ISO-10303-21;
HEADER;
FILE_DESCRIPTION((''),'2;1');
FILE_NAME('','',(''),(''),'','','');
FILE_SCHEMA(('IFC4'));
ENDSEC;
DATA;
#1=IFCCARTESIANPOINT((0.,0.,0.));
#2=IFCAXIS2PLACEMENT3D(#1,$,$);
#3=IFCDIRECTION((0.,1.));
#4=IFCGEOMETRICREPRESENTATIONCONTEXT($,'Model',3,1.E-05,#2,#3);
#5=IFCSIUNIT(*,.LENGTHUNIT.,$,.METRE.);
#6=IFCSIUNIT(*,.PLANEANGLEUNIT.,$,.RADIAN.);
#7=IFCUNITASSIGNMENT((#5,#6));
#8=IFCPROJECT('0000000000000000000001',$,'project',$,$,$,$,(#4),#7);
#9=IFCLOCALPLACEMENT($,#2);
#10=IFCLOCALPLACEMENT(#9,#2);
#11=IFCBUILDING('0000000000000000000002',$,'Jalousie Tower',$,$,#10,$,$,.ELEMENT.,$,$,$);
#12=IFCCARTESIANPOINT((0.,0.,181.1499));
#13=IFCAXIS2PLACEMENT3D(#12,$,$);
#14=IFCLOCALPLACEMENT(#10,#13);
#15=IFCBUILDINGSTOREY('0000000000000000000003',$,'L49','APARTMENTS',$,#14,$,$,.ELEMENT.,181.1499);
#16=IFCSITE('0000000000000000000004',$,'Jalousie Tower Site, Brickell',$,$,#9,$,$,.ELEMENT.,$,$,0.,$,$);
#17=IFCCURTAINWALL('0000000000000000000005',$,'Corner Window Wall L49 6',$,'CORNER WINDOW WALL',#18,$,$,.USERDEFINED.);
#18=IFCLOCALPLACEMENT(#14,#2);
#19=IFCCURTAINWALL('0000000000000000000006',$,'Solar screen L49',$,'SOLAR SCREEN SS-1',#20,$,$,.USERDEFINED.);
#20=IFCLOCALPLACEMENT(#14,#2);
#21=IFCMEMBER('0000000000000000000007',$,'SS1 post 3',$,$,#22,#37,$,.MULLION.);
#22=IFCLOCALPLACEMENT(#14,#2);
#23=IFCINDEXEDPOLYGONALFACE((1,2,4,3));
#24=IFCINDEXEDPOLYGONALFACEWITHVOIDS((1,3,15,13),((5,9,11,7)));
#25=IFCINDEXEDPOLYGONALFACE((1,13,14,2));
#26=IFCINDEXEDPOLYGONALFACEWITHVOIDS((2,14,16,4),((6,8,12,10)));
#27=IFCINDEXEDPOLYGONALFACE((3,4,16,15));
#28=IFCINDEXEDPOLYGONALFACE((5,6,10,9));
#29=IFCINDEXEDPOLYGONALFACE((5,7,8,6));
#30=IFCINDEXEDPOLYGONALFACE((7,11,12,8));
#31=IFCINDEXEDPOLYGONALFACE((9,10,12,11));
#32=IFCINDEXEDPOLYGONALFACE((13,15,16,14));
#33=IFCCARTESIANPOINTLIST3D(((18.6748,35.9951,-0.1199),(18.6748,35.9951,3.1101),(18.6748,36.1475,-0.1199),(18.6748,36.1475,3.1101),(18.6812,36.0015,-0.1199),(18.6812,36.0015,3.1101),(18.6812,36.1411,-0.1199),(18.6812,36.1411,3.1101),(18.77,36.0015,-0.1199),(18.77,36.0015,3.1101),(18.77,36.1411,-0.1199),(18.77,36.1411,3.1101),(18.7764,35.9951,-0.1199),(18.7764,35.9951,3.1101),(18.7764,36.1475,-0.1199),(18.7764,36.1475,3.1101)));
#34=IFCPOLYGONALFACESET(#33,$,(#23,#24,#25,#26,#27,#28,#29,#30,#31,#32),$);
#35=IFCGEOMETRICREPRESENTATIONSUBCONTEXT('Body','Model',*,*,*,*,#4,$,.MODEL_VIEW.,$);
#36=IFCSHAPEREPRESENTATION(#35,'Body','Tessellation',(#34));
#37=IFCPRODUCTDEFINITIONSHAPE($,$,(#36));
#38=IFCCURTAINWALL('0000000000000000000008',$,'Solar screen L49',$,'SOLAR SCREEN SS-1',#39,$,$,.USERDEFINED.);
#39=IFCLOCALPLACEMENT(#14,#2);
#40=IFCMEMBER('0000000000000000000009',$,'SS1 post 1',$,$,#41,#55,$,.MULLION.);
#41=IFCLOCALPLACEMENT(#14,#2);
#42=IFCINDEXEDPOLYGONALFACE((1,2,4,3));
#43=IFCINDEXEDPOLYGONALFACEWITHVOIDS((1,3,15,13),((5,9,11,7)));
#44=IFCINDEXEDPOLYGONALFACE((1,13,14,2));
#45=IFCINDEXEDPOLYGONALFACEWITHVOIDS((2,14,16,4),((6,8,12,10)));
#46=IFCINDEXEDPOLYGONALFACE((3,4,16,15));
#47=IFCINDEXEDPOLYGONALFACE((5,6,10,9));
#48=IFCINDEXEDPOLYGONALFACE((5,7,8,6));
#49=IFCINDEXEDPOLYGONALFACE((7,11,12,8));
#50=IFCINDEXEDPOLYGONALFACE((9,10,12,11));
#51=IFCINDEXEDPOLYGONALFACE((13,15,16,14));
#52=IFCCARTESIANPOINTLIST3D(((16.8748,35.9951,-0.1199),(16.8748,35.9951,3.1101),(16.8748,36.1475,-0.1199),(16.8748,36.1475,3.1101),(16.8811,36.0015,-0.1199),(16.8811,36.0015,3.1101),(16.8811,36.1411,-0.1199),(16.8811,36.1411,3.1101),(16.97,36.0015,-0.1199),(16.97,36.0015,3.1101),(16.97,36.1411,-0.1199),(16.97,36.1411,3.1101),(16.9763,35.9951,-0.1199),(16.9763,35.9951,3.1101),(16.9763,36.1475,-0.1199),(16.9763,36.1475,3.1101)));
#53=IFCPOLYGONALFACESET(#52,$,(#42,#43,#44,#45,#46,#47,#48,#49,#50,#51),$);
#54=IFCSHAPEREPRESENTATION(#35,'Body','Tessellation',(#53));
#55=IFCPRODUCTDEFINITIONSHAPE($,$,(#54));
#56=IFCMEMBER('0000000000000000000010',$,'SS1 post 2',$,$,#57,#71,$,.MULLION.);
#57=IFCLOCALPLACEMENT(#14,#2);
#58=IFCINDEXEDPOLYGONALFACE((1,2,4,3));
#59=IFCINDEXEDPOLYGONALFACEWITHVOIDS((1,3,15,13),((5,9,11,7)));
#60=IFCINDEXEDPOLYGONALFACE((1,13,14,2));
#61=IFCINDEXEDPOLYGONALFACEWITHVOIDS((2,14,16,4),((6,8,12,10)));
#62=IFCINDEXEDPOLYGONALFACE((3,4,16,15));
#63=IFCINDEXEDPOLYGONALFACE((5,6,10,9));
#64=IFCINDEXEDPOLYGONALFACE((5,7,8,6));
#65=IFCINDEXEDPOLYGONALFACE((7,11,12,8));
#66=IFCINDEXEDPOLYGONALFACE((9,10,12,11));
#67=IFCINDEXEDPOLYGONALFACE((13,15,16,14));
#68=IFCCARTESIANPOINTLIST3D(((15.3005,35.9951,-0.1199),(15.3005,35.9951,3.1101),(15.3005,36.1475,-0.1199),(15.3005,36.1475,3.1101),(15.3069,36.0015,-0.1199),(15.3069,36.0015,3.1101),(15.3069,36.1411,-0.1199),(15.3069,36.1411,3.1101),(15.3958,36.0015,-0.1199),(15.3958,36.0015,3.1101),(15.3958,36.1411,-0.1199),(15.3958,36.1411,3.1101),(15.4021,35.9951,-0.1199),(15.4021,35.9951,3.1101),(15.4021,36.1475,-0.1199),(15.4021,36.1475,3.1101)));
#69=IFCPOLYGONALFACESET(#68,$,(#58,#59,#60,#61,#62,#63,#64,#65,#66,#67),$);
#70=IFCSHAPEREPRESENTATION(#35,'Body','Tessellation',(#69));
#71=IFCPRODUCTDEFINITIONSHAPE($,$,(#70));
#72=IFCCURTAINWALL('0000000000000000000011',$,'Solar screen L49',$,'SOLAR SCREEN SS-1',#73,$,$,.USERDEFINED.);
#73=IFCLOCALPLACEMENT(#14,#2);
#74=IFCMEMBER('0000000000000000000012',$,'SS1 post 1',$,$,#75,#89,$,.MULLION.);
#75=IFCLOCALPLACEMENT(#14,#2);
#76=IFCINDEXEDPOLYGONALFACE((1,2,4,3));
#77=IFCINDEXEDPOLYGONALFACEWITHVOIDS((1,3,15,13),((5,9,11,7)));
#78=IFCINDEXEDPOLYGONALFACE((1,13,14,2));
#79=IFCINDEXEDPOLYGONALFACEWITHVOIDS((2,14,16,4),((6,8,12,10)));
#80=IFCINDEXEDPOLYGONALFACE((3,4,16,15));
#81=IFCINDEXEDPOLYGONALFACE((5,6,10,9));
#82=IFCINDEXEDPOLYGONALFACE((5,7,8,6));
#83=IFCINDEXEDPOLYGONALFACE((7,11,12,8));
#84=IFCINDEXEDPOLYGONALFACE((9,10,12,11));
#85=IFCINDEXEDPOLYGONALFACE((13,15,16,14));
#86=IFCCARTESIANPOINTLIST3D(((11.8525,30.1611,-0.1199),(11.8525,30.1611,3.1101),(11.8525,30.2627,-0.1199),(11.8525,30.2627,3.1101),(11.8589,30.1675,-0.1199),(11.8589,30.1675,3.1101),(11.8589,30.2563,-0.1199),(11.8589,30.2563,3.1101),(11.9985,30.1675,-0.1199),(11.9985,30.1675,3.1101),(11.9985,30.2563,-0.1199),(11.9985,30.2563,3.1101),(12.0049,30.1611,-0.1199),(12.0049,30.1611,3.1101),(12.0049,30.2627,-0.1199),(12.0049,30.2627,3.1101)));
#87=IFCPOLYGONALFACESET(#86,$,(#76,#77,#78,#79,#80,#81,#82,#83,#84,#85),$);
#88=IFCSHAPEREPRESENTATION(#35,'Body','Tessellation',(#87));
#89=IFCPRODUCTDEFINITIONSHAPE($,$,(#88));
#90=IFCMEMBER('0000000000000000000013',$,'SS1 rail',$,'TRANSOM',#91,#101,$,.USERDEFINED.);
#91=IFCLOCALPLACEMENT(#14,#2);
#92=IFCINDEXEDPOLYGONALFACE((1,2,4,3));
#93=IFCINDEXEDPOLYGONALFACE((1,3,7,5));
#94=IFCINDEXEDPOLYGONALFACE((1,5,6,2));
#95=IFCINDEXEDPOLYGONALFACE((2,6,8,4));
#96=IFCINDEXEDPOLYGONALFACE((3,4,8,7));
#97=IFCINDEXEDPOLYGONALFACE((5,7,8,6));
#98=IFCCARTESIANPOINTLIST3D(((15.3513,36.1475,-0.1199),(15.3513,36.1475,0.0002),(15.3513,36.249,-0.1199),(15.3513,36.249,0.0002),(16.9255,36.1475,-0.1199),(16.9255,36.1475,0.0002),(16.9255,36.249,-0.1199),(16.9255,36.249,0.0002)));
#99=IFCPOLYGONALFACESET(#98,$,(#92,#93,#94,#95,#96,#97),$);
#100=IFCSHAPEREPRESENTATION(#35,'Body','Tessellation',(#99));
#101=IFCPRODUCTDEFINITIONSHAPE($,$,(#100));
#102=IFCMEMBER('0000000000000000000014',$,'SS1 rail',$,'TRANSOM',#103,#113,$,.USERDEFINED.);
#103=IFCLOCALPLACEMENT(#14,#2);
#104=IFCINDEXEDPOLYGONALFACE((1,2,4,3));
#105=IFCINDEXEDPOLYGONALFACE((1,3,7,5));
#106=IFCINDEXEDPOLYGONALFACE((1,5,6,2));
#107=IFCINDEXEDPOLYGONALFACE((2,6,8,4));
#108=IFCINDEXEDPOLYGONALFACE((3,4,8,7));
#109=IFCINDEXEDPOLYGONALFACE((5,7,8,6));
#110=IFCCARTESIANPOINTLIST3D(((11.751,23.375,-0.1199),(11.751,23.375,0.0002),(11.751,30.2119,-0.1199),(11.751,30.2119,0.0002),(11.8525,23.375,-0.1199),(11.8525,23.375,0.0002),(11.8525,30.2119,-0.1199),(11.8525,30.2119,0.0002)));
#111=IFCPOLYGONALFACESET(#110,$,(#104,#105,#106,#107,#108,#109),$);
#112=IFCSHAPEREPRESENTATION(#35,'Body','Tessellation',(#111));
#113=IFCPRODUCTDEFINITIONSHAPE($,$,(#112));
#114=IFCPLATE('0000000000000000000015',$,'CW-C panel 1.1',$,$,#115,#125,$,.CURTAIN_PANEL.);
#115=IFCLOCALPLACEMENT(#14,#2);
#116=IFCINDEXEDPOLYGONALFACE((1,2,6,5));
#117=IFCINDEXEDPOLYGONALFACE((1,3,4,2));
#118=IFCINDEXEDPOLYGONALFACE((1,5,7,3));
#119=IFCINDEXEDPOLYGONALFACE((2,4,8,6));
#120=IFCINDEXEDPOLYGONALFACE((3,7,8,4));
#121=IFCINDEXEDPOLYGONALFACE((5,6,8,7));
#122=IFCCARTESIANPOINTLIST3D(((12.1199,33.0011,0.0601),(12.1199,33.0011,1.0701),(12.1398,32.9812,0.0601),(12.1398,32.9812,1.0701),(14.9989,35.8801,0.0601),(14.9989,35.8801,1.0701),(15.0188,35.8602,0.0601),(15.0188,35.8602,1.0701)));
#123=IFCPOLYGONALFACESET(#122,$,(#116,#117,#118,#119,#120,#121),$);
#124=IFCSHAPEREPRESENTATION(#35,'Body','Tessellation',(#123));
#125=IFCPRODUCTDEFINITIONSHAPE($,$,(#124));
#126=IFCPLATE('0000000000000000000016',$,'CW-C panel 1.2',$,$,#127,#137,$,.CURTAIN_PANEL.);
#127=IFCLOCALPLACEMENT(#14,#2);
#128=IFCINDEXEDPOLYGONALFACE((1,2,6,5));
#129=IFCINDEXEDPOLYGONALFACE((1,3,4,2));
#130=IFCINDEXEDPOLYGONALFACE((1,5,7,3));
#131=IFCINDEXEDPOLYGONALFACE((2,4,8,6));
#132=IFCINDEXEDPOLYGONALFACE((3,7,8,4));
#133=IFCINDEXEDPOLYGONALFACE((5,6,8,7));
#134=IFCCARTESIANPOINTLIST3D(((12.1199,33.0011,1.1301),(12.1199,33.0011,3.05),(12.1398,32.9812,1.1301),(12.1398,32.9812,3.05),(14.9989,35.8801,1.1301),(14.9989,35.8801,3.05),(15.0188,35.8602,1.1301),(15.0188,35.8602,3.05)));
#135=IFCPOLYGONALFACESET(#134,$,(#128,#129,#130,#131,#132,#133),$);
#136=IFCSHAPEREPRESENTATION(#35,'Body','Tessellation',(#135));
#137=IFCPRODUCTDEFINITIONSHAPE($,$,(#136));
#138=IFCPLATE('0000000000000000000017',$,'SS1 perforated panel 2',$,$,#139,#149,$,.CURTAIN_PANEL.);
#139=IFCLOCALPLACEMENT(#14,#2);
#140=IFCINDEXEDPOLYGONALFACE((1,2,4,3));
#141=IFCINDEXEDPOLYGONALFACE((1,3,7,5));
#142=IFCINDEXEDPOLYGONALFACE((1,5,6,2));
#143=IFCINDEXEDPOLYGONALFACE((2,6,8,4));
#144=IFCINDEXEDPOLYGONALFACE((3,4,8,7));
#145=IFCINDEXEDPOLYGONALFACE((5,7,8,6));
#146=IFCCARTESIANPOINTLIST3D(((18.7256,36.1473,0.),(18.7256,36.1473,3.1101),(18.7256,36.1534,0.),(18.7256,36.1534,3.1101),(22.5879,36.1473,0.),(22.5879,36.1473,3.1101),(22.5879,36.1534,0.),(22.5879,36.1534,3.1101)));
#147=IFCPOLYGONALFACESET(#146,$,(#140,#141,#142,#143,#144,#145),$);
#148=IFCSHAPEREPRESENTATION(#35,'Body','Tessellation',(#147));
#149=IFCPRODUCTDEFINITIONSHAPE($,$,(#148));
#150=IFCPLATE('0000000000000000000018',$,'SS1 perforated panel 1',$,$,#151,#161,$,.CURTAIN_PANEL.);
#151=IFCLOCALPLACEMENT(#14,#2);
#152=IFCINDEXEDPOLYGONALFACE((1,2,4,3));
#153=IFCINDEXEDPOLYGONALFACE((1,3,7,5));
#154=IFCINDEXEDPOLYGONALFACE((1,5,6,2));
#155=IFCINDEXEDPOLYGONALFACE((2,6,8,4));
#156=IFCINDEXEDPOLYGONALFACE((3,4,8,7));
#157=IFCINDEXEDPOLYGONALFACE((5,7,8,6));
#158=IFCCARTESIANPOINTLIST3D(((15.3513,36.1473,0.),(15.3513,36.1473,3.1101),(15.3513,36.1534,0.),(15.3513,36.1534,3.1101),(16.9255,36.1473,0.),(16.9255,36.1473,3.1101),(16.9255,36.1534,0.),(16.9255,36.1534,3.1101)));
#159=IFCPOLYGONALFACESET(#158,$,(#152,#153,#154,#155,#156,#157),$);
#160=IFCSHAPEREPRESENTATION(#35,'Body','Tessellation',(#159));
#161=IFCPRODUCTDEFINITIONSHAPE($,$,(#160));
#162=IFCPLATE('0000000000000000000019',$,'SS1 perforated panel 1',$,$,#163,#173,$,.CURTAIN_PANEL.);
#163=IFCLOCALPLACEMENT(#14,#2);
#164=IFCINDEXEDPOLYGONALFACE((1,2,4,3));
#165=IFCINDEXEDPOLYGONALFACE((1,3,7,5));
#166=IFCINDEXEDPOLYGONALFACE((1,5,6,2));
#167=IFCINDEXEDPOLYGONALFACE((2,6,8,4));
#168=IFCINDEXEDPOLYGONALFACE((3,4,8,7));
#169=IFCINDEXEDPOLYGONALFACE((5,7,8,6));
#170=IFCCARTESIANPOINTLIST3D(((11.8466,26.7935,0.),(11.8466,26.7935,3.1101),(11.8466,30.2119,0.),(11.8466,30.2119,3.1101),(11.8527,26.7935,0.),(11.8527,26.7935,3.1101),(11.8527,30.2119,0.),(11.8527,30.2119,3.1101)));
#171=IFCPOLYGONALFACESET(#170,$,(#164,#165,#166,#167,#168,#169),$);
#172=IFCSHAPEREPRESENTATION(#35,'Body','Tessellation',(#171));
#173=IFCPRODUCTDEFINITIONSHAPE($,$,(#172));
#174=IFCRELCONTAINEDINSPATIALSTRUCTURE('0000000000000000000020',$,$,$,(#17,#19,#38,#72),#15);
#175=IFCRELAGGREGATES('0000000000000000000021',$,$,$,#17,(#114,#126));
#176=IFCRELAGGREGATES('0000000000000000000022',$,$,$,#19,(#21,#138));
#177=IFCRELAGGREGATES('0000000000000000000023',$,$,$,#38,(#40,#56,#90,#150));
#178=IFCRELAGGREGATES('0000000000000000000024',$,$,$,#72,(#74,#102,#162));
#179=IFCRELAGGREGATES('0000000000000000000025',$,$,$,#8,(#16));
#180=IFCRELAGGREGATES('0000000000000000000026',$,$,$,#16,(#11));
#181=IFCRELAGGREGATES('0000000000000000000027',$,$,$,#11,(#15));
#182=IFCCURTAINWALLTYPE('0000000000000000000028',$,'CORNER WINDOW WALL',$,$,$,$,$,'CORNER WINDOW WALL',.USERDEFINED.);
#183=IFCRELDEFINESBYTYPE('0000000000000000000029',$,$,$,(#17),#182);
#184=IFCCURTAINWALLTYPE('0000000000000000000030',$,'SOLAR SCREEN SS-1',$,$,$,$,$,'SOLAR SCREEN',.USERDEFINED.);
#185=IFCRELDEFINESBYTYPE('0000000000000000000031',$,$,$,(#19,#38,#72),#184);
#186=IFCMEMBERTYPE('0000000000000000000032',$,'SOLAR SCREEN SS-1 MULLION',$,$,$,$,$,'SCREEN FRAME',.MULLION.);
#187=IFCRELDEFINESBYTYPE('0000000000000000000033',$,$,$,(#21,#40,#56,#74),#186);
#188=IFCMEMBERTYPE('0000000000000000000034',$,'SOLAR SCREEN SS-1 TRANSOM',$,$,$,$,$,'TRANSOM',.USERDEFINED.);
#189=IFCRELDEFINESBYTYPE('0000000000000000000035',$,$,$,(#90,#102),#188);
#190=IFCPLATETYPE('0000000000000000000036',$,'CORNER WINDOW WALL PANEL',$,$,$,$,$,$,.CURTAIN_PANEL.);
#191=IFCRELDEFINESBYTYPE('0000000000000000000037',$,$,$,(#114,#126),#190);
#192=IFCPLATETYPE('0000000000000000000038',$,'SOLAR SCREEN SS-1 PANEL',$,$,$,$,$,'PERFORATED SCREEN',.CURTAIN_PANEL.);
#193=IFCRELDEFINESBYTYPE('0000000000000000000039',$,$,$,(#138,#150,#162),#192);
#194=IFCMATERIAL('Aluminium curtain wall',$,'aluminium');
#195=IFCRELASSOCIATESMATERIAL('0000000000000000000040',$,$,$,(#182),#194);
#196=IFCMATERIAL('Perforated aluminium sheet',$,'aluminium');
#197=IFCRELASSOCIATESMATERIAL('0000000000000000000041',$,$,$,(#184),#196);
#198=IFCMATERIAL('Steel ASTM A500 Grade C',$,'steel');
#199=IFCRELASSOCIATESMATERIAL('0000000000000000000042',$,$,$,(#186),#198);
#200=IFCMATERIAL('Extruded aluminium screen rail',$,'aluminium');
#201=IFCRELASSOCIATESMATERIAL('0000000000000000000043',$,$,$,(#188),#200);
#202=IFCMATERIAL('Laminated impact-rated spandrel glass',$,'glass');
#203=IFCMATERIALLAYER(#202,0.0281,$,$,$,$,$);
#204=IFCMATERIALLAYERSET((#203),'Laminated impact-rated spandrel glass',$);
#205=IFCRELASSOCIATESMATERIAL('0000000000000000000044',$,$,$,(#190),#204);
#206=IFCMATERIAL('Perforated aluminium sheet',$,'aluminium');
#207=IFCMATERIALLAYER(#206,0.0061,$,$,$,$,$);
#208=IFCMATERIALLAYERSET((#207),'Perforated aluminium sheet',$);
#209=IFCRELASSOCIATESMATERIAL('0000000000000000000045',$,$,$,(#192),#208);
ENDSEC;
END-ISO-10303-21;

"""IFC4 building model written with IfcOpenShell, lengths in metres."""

from ifc_helpers import new_model, si_unit, direction, frame, origin, origin_2d, place, context, subcontext, project, spatial, rectangle, hollow_rectangle, extrude, material, layer, layer_set, material_profile, profile_set, type_object, element, aggregate, save


model = new_model("IFC4")

# Units and contexts
model_context = context("Model", 3, precision=1e-05, world=origin(), true_north=direction((0.0, 1.0)))
body_context = subcontext(model_context, "Body", "Model", "MODEL_VIEW")
ifc_project = project(units=[si_unit("LENGTHUNIT", "METRE"), si_unit("PLANEANGLEUNIT", "RADIAN")], contexts=[model_context])

# Site, building, storey
site_placement = place(None, origin())
site = spatial("IfcSite", under=ifc_project, at=site_placement, Name="Jalousie Tower Site, Brickell", CompositionType="ELEMENT", RefElevation=0.0)
building_placement = place(site_placement, origin())
building = spatial("IfcBuilding", under=site, at=building_placement, Name="Jalousie Tower", CompositionType="ELEMENT")
storey_placement = place(building_placement, frame((0.0, 0.0, 181.1499)))
storey = spatial("IfcBuildingStorey", under=building, at=storey_placement, Name="L49", Description="APARTMENTS", CompositionType="ELEMENT", Elevation=181.1499)

# Curtain wall
ifc_material_1 = material(Name="Aluminium curtain wall", Category="aluminium")
curtain_wall_type_1 = type_object("IfcCurtainWallType", Name="CORNER WINDOW WALL", ElementType="CORNER WINDOW WALL", PredefinedType="USERDEFINED", material=ifc_material_1)
curtain_wall_1_placement = place(storey_placement, origin())
curtain_wall_1 = element("IfcCurtainWall", 1, at=curtain_wall_1_placement, inside=storey, type_object=curtain_wall_type_1, Name="Corner Window Wall L49 6", ObjectType="CORNER WINDOW WALL", PredefinedType="USERDEFINED")

# Curtain wall, member
ifc_material_2 = material(Name="Perforated aluminium sheet", Category="aluminium")
curtain_wall_type_2 = type_object("IfcCurtainWallType", Name="SOLAR SCREEN SS-1", ElementType="SOLAR SCREEN", PredefinedType="USERDEFINED", material=ifc_material_2)
curtain_wall_2_placement = place(storey_placement, origin())
curtain_wall_2 = element("IfcCurtainWall", 2, at=curtain_wall_2_placement, inside=storey, type_object=curtain_wall_type_2, Name="Solar screen L49", ObjectType="SOLAR SCREEN SS-1", PredefinedType="USERDEFINED")
ifc_material_3 = material(Name="Steel ASTM A500 Grade C", Category="steel")
ifc_material_profile_1 = material_profile(ifc_material_3, hollow_rectangle(XDim=0.1016, YDim=0.1523, WallThickness=0.0063, at=origin_2d()), Name="HSS6X4X1/4")
ifc_profile_set_1 = profile_set([ifc_material_profile_1], Name="Steel ASTM A500 Grade C")
member_type_1 = type_object("IfcMemberType", Name="SOLAR SCREEN SS-1 MULLION", ElementType="SCREEN FRAME", PredefinedType="MULLION", material=ifc_profile_set_1)
member_1_placement = place(storey_placement, frame((18.7256, 36.0713, -0.1199), z_axis=(0.0, 0.0, 1.0), x_axis=(-1.0, 0.0, 0.0)))
member_1 = element("IfcMember", 3, at=member_1_placement, type_object=member_type_1, Name="SS1 post 3", PredefinedType="MULLION", context=body_context, shape_type="SweptSolid", body=[
    extrude(hollow_rectangle(XDim=0.1016, YDim=0.1523, WallThickness=0.0063, at=origin_2d()), origin(), (0.0, 0.0, 1.0), 3.23),
])

# Curtain wall, members
curtain_wall_3_placement = place(storey_placement, origin())
curtain_wall_3 = element("IfcCurtainWall", 4, at=curtain_wall_3_placement, inside=storey, type_object=curtain_wall_type_2, Name="Solar screen L49", ObjectType="SOLAR SCREEN SS-1", PredefinedType="USERDEFINED")
member_2_placement = place(storey_placement, frame((16.9255, 36.0713, -0.1199), z_axis=(0.0, 0.0, 1.0), x_axis=(-1.0, 0.0, 0.0)))
member_2 = element("IfcMember", 5, at=member_2_placement, type_object=member_type_1, Name="SS1 post 1", PredefinedType="MULLION", context=body_context, shape_type="SweptSolid", body=[
    extrude(hollow_rectangle(XDim=0.1016, YDim=0.1523, WallThickness=0.0063, at=origin_2d()), origin(), (0.0, 0.0, 1.0), 3.23),
])
member_3_placement = place(storey_placement, frame((15.3513, 36.0713, -0.1199), z_axis=(0.0, 0.0, 1.0), x_axis=(-1.0, 0.0, 0.0)))
member_3 = element("IfcMember", 6, at=member_3_placement, type_object=member_type_1, Name="SS1 post 2", PredefinedType="MULLION", context=body_context, shape_type="SweptSolid", body=[
    extrude(hollow_rectangle(XDim=0.1016, YDim=0.1523, WallThickness=0.0063, at=origin_2d()), origin(), (0.0, 0.0, 1.0), 3.23),
])

# Curtain wall, member
curtain_wall_4_placement = place(storey_placement, origin())
curtain_wall_4 = element("IfcCurtainWall", 7, at=curtain_wall_4_placement, inside=storey, type_object=curtain_wall_type_2, Name="Solar screen L49", ObjectType="SOLAR SCREEN SS-1", PredefinedType="USERDEFINED")
member_4_placement = place(storey_placement, frame((11.9287, 30.2119, -0.1199), z_axis=(0.0, 0.0, 1.0), x_axis=(0.0, -1.0, 0.0)))
member_4 = element("IfcMember", 8, at=member_4_placement, type_object=member_type_1, Name="SS1 post 1", PredefinedType="MULLION", context=body_context, shape_type="SweptSolid", body=[
    extrude(hollow_rectangle(XDim=0.1016, YDim=0.1523, WallThickness=0.0063, at=origin_2d()), origin(), (0.0, 0.0, 1.0), 3.23),
])

# Members
ifc_material_4 = material(Name="Extruded aluminium screen rail", Category="aluminium")
ifc_material_profile_2 = material_profile(ifc_material_4, rectangle(XDim=0.1016, YDim=0.1201, at=origin_2d()), Name="RAIL 102x120")
ifc_profile_set_2 = profile_set([ifc_material_profile_2], Name="Extruded aluminium screen rail")
member_type_2 = type_object("IfcMemberType", Name="SOLAR SCREEN SS-1 TRANSOM", ElementType="TRANSOM", PredefinedType="USERDEFINED", material=ifc_profile_set_2)
member_5_placement = place(storey_placement, frame((16.9255, 36.1982, -0.0598), z_axis=(-1.0, 0.0, 0.0), x_axis=(0.0, -1.0, 0.0)))
member_5 = element("IfcMember", 9, at=member_5_placement, type_object=member_type_2, Name="SS1 rail", ObjectType="TRANSOM", PredefinedType="USERDEFINED", context=body_context, shape_type="SweptSolid", body=[
    extrude(rectangle(XDim=0.1016, YDim=0.1201, at=origin_2d()), origin(), (0.0, 0.0, 1.0), 1.5742),
])
member_6_placement = place(storey_placement, frame((11.8018, 30.2119, -0.0598), z_axis=(0.0, -1.0, 0.0), x_axis=(1.0, 0.0, 0.0)))
member_6 = element("IfcMember", 10, at=member_6_placement, type_object=member_type_2, Name="SS1 rail", ObjectType="TRANSOM", PredefinedType="USERDEFINED", context=body_context, shape_type="SweptSolid", body=[
    extrude(rectangle(XDim=0.1016, YDim=0.1201, at=origin_2d()), origin(), (0.0, 0.0, 1.0), 6.8369),
])

# Plates
ifc_material_5 = material(Name="Laminated impact-rated spandrel glass", Category="glass")
ifc_layer_1 = layer(ifc_material_5, 0.0281)
ifc_layer_set_1 = layer_set([ifc_layer_1], Name="Laminated impact-rated spandrel glass")
plate_type_1 = type_object("IfcPlateType", Name="CORNER WINDOW WALL PANEL", PredefinedType="CURTAIN_PANEL", material=ifc_layer_set_1)
plate_1_placement = place(storey_placement, frame((13.5693, 34.4307, 0.0601), z_axis=(0.0, 0.0, 1.0), x_axis=(-0.707107, -0.707107, 0.0)))
plate_1 = element("IfcPlate", 11, at=plate_1_placement, type_object=plate_type_1, Name="CW-C panel 1.1", PredefinedType="CURTAIN_PANEL", context=body_context, shape_type="SweptSolid", body=[
    extrude(rectangle(XDim=4.0715, YDim=0.0281, at=origin_2d()), origin(), (0.0, 0.0, 1.0), 1.01),
])
plate_2_placement = place(storey_placement, frame((13.5693, 34.4307, 1.1301), z_axis=(0.0, 0.0, 1.0), x_axis=(-0.707107, -0.707107, 0.0)))
plate_2 = element("IfcPlate", 12, at=plate_2_placement, type_object=plate_type_1, Name="CW-C panel 1.2", PredefinedType="CURTAIN_PANEL", context=body_context, shape_type="SweptSolid", body=[
    extrude(rectangle(XDim=4.0715, YDim=0.0281, at=origin_2d()), origin(), (0.0, 0.0, 1.0), 1.9199),
])
aggregate(curtain_wall_1, [plate_1, plate_2])
ifc_material_6 = material(Name="Perforated aluminium sheet", Category="aluminium")
ifc_layer_2 = layer(ifc_material_6, 0.0061)
ifc_layer_set_2 = layer_set([ifc_layer_2], Name="Perforated aluminium sheet")
plate_type_2 = type_object("IfcPlateType", Name="SOLAR SCREEN SS-1 PANEL", ElementType="PERFORATED SCREEN", PredefinedType="CURTAIN_PANEL", material=ifc_layer_set_2)
plate_3_placement = place(storey_placement, frame((20.6567, 36.1504, 0.0), z_axis=(0.0, 0.0, 1.0), x_axis=(-1.0, 0.0, 0.0)))
plate_3 = element("IfcPlate", 13, at=plate_3_placement, type_object=plate_type_2, Name="SS1 perforated panel 2", PredefinedType="CURTAIN_PANEL", context=body_context, shape_type="SweptSolid", body=[
    extrude(rectangle(XDim=3.8623, YDim=0.0061, at=origin_2d()), origin(), (0.0, 0.0, 1.0), 3.1101),
])
aggregate(curtain_wall_2, [member_1, plate_3])
plate_4_placement = place(storey_placement, frame((16.1384, 36.1504, 0.0), z_axis=(0.0, 0.0, 1.0), x_axis=(-1.0, 0.0, 0.0)))
plate_4 = element("IfcPlate", 14, at=plate_4_placement, type_object=plate_type_2, Name="SS1 perforated panel 1", PredefinedType="CURTAIN_PANEL", context=body_context, shape_type="SweptSolid", body=[
    extrude(rectangle(XDim=1.5742, YDim=0.0061, at=origin_2d()), origin(), (0.0, 0.0, 1.0), 3.1101),
])
aggregate(curtain_wall_3, [member_2, member_3, member_5, plate_4])
plate_5_placement = place(storey_placement, frame((11.8496, 28.5027, 0.0), z_axis=(0.0, 0.0, 1.0), x_axis=(0.0, -1.0, 0.0)))
plate_5 = element("IfcPlate", 15, at=plate_5_placement, type_object=plate_type_2, Name="SS1 perforated panel 1", PredefinedType="CURTAIN_PANEL", context=body_context, shape_type="SweptSolid", body=[
    extrude(rectangle(XDim=3.4185, YDim=0.0061, at=origin_2d()), origin(), (0.0, 0.0, 1.0), 3.1101),
])
aggregate(curtain_wall_4, [member_4, member_6, plate_5])

save(model, "model.ifc")
